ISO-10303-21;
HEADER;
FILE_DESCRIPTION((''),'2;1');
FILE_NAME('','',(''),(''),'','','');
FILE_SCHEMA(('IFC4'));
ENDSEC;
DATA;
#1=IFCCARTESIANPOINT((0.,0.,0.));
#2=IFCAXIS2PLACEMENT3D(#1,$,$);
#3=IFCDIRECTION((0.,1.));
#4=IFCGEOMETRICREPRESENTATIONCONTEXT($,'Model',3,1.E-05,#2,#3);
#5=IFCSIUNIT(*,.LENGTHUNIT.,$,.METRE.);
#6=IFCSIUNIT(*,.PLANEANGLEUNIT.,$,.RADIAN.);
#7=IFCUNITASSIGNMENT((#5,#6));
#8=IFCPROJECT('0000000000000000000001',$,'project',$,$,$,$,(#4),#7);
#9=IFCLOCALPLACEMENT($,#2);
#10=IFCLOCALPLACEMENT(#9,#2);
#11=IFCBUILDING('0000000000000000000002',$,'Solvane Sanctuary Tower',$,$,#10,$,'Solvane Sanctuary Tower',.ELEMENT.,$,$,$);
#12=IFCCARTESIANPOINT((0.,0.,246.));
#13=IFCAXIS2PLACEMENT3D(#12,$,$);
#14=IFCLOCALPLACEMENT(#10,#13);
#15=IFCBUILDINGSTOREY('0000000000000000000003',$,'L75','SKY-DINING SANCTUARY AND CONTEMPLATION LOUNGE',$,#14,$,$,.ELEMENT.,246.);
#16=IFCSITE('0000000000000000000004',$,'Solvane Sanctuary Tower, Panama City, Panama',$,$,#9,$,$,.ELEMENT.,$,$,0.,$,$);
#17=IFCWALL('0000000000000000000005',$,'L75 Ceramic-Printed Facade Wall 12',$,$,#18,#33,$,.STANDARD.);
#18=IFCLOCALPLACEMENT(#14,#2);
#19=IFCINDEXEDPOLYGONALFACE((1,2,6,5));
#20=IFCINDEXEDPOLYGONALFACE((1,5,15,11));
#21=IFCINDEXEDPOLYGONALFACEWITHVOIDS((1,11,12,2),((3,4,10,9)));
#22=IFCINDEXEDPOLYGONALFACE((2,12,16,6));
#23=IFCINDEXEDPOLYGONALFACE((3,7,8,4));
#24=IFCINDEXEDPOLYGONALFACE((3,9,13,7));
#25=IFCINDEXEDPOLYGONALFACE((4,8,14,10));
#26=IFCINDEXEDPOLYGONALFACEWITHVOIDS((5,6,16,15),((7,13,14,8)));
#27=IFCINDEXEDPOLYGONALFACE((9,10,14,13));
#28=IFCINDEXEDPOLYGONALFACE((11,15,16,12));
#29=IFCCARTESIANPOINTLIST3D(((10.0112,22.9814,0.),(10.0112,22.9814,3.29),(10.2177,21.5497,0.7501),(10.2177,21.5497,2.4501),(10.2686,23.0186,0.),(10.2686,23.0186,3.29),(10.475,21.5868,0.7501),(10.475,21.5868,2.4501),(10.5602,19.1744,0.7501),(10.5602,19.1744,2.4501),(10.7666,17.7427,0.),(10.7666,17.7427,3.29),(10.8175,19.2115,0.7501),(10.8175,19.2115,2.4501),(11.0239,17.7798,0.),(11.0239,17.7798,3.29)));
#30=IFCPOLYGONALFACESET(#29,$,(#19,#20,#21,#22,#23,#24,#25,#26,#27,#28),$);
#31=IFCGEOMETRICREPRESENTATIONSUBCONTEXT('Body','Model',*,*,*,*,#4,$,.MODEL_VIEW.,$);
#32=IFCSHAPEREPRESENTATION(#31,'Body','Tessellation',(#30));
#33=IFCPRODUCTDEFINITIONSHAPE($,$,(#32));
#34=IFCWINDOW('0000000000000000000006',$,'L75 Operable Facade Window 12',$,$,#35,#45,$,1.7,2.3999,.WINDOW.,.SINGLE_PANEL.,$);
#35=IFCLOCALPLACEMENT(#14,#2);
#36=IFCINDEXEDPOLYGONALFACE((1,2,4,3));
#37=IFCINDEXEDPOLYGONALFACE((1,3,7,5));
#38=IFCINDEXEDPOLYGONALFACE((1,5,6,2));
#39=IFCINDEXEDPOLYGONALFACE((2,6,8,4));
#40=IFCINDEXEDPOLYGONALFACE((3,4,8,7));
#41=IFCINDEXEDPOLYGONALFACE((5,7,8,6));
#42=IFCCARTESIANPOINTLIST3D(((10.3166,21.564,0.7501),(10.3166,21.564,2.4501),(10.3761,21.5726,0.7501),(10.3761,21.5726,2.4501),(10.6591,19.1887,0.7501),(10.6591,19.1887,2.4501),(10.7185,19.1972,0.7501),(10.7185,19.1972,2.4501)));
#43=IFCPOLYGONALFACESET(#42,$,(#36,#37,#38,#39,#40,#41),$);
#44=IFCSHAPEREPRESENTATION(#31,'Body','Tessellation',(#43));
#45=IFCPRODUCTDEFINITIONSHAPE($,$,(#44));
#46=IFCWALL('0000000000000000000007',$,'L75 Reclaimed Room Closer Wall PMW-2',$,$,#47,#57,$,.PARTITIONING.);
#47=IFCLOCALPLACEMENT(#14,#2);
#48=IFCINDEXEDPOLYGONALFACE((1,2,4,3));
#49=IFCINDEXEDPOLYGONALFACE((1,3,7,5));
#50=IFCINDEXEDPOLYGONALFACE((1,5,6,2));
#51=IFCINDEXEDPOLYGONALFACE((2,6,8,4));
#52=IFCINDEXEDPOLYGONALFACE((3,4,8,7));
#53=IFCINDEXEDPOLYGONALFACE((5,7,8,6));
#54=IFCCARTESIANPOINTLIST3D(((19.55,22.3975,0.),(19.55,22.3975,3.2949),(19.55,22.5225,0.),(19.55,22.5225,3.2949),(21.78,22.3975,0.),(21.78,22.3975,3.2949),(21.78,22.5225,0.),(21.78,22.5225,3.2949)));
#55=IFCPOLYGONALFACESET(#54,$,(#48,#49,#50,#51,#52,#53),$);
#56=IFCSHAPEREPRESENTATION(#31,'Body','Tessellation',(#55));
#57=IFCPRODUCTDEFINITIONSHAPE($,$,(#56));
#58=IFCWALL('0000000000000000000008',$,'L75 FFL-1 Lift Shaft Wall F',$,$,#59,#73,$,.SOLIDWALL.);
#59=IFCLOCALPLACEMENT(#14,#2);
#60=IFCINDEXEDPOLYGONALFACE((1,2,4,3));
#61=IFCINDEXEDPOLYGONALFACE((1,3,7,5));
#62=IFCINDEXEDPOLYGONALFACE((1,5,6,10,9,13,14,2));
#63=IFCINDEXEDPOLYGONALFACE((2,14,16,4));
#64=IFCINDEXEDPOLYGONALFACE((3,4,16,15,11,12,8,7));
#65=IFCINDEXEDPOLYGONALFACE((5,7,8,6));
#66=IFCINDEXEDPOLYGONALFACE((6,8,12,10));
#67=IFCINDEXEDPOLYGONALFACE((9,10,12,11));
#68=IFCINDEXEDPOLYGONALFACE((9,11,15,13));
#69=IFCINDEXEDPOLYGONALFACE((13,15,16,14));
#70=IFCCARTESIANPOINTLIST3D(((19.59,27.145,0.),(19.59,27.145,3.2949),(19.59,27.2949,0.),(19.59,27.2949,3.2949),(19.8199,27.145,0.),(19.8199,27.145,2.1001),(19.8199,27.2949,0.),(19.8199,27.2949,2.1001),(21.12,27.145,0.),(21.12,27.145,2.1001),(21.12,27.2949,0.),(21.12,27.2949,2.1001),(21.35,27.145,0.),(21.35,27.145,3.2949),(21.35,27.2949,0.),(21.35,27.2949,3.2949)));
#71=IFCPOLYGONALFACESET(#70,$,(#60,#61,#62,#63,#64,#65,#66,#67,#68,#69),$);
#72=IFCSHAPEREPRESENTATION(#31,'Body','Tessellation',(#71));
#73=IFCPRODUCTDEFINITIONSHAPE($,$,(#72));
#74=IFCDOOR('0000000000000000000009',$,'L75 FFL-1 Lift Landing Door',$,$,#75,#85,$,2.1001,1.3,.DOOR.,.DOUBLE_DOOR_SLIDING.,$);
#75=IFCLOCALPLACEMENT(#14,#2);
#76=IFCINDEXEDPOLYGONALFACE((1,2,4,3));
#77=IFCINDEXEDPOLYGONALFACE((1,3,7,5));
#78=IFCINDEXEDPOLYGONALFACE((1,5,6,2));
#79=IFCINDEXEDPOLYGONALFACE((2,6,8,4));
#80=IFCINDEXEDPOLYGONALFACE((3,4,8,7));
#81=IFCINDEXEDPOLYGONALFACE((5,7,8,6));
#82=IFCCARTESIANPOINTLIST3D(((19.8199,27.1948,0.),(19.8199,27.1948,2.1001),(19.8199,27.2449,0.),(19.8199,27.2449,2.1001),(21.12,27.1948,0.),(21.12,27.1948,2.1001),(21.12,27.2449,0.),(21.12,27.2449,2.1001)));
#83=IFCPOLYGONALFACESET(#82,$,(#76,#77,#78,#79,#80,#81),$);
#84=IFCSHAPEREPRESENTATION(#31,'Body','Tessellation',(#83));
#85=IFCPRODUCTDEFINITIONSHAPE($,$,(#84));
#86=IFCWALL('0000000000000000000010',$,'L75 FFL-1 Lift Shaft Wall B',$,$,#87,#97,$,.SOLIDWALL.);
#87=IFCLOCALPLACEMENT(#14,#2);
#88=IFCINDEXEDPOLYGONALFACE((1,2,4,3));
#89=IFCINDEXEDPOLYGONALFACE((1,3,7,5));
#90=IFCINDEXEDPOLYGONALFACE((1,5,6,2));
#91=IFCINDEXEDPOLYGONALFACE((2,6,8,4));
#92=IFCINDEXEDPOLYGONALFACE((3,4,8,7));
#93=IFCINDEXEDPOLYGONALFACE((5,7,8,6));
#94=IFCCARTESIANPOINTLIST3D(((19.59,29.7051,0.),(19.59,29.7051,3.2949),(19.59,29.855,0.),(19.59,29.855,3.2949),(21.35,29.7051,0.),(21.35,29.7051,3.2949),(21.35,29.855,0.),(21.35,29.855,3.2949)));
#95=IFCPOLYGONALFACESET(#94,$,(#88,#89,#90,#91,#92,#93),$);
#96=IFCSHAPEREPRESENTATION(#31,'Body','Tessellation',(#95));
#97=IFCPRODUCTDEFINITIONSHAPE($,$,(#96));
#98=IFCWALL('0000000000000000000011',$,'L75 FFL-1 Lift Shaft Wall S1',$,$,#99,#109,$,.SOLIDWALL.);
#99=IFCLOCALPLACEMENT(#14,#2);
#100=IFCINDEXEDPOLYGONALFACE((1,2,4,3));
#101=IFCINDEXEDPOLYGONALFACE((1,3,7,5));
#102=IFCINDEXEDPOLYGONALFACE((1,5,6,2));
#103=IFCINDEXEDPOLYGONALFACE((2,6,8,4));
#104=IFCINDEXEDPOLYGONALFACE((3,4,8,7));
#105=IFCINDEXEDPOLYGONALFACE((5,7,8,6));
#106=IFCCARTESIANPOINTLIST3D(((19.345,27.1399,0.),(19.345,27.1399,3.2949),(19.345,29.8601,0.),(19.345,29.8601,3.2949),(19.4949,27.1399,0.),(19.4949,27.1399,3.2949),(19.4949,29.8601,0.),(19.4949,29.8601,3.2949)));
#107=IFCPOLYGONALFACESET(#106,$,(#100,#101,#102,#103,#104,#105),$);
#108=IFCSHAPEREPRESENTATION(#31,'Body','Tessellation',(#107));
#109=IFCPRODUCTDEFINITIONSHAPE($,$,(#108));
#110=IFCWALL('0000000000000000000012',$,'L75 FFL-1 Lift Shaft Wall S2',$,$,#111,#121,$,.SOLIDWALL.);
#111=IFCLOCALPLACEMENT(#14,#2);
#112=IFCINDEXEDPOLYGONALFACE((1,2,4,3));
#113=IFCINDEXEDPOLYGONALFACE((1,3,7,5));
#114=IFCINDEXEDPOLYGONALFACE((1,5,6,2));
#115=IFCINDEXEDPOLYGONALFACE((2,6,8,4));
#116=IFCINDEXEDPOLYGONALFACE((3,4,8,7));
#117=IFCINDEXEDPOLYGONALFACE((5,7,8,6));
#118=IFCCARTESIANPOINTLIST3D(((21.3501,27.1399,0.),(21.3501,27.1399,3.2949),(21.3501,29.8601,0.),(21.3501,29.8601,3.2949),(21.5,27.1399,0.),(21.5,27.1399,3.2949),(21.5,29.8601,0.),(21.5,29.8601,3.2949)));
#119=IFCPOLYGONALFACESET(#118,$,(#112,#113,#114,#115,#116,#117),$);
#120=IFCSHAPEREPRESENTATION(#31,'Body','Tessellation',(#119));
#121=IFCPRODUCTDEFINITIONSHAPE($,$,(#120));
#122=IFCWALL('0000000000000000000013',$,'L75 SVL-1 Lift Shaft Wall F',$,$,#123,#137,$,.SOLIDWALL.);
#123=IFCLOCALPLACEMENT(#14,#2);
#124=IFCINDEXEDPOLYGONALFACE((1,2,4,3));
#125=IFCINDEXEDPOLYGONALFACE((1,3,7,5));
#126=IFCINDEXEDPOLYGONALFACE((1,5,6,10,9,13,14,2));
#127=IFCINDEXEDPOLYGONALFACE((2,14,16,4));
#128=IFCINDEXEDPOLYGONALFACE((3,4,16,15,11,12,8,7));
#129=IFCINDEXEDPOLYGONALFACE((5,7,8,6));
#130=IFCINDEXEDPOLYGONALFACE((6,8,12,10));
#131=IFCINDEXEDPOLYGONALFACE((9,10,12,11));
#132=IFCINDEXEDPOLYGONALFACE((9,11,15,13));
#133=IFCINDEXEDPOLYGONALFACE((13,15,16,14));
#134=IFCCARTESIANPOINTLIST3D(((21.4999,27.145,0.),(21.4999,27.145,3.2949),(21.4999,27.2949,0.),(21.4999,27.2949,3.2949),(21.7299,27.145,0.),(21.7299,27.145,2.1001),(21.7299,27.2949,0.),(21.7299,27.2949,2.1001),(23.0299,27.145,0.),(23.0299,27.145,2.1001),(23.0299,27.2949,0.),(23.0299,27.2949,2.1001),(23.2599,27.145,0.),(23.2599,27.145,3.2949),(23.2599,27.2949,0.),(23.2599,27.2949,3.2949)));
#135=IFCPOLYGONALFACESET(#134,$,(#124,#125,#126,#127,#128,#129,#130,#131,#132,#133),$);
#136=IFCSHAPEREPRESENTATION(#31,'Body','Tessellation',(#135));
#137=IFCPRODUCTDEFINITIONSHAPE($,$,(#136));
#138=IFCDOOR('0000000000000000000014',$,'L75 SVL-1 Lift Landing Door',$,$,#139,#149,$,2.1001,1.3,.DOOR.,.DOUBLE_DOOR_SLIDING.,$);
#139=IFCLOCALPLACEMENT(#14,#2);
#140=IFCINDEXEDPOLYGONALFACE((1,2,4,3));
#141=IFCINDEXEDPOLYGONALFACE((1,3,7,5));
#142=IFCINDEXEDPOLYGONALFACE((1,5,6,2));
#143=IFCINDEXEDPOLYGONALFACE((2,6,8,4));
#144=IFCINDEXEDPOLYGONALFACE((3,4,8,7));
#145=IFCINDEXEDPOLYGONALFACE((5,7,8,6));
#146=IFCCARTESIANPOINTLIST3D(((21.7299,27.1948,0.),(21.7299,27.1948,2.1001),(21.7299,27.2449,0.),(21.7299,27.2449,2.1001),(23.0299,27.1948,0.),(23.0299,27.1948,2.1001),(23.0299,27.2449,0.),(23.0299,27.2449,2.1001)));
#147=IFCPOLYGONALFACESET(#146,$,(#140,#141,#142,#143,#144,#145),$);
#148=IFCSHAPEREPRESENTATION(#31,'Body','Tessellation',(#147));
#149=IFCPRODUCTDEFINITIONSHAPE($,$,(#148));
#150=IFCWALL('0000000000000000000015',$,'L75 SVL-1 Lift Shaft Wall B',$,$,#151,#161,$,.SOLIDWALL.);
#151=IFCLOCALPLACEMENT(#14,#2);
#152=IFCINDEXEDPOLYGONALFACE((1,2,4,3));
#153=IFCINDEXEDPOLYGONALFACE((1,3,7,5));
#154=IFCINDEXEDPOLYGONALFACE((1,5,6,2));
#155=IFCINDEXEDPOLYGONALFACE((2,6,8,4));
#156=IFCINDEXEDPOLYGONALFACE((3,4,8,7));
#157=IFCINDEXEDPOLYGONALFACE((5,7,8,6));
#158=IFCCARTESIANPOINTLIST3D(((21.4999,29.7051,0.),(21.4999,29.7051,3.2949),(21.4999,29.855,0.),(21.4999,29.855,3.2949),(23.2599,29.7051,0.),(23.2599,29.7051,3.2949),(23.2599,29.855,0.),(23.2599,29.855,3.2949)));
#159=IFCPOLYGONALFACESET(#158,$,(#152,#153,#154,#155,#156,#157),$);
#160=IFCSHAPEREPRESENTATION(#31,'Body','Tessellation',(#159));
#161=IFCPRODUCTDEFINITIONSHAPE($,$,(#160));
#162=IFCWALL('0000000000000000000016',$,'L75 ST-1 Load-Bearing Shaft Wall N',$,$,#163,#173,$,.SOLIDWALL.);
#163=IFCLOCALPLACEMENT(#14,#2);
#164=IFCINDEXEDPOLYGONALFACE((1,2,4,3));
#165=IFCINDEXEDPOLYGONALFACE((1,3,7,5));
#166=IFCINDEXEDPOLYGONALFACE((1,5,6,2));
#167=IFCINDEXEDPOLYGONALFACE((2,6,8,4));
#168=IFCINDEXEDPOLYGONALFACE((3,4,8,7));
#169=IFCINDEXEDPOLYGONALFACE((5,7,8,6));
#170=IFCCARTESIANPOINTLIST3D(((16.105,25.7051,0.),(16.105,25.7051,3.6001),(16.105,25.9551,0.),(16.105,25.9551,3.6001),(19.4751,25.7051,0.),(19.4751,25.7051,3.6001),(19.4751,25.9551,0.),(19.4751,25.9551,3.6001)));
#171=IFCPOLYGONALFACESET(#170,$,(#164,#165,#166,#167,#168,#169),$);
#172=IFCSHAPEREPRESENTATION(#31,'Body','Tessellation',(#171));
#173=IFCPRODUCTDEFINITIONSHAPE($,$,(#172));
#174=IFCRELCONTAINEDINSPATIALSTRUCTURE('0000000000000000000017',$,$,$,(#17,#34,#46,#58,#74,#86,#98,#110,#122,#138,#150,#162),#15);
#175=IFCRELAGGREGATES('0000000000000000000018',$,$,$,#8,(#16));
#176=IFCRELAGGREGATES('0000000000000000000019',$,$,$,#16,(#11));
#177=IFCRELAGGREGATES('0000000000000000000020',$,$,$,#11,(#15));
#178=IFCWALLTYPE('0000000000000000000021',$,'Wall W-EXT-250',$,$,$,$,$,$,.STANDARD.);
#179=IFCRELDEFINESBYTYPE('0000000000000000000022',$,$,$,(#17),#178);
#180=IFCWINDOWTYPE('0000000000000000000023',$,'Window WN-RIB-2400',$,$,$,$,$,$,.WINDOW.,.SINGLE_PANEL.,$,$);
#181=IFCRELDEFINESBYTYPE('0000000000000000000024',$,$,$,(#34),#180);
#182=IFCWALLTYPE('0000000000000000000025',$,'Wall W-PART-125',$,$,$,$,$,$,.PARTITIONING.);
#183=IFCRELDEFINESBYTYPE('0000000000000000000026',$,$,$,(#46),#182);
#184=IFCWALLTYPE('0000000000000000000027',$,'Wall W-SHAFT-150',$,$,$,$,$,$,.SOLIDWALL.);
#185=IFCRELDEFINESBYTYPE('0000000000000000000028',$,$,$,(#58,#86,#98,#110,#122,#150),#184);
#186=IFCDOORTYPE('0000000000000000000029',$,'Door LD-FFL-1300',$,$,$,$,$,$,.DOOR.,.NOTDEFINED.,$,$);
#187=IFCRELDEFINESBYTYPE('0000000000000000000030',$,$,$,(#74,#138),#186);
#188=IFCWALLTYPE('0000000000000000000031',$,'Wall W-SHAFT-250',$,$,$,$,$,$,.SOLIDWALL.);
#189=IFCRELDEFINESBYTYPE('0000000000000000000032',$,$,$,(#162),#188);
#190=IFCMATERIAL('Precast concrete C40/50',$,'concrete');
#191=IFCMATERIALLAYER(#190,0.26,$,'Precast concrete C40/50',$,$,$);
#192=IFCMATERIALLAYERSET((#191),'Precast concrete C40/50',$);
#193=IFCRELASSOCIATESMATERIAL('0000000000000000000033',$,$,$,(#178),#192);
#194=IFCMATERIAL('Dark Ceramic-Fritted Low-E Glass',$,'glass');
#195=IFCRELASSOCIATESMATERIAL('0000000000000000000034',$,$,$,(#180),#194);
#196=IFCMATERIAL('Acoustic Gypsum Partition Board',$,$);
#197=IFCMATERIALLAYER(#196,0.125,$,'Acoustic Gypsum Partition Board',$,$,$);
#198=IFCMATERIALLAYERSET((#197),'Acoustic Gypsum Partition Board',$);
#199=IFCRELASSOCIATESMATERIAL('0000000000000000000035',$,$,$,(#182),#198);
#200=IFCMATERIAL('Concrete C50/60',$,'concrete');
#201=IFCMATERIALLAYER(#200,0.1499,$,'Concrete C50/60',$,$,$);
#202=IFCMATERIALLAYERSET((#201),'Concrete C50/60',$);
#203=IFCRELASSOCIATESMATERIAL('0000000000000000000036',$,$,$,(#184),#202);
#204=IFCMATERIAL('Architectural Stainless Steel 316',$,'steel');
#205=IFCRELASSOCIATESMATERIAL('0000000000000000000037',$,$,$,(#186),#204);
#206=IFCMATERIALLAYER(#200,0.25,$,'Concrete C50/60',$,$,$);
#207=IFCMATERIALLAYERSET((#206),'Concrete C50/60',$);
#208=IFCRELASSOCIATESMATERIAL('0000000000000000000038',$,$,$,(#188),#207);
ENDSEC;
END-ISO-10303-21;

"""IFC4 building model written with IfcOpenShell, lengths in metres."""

from ifc_helpers import new_model, si_unit, direction, frame, frame_2d, origin, place, context, subcontext, project, spatial, rectangle, extrude, material, layer, layer_set, type_object, element, fill, save


model = new_model("IFC4")

# Units and contexts
model_context = context("Model", 3, precision=1e-05, world=origin(), true_north=direction((0.0, 1.0)))
body_context = subcontext(model_context, "Body", "Model", "MODEL_VIEW")
ifc_project = project(units=[si_unit("LENGTHUNIT", "METRE"), si_unit("PLANEANGLEUNIT", "RADIAN")], contexts=[model_context])

# Site, building, storey
site_placement = place(None, origin())
site = spatial("IfcSite", under=ifc_project, at=site_placement, Name="Solvane Sanctuary Tower, Panama City, Panama", CompositionType="ELEMENT", RefElevation=0.0)
building_placement = place(site_placement, origin())
building = spatial("IfcBuilding", under=site, at=building_placement, Name="Solvane Sanctuary Tower", LongName="Solvane Sanctuary Tower", CompositionType="ELEMENT")
storey_placement = place(building_placement, frame((0.0, 0.0, 246.0)))
storey = spatial("IfcBuildingStorey", under=building, at=storey_placement, Name="L75", Description="SKY-DINING SANCTUARY AND CONTEMPLATION LOUNGE", CompositionType="ELEMENT", Elevation=246.0)

# Shared definitions
ifc_material_1 = material(Name="Concrete C50/60", Category="concrete")
ifc_material_2 = material(Name="Acoustic Gypsum Partition Board")

# Wall, opening, window
ifc_material_3 = material(Name="Precast concrete C40/50", Category="concrete")
ifc_layer_1 = layer(ifc_material_3, 0.26, Name="Precast concrete C40/50")
ifc_layer_set_1 = layer_set([ifc_layer_1], Name="Precast concrete C40/50")
wall_type_1 = type_object("IfcWallType", Name="Wall W-EXT-250", PredefinedType="STANDARD", material=ifc_layer_set_1)
ifc_material_4 = material(Name="Dark Ceramic-Fritted Low-E Glass", Category="glass")
wall_1_placement = place(storey_placement, frame((10.1399, 23.0, 0.0), z_axis=(0.0, 0.0, 1.0), x_axis=(0.142713, -0.989764, 0.0)))
wall_1 = element("IfcWall", 1, at=wall_1_placement, inside=storey, type_object=wall_type_1, Name="L75 Ceramic-Printed Facade Wall 12", PredefinedType="STANDARD", context=body_context, shape_type="SweptSolid", body=[
    extrude(rectangle(XDim=5.293, YDim=0.26, at=frame_2d((2.6465, 0.0))), origin(), (0.0, 0.0, 1.0), 3.29),
])
opening_1_placement = place(wall_1_placement, frame((1.4465, 0.0, 0.75)))
opening_1 = element("IfcOpeningElement", 2, at=opening_1_placement, cuts=wall_1, PredefinedType="OPENING", context=body_context, shape_type="SweptSolid", body=[
    extrude(rectangle(XDim=2.3999, YDim=1.7, at=frame_2d((1.2, 0.8501))), frame((0.0, 0.1399, 0.0), z_axis=(0.0, -1.0, 0.0), x_axis=(1.0, 0.0, 0.0)), (0.0, 0.0, 1.0), 0.28),
])
window_type_1 = type_object("IfcWindowType", Name="Window WN-RIB-2400", PartitioningType="SINGLE_PANEL", PredefinedType="WINDOW", material=ifc_material_4)
window_1_placement = place(opening_1_placement, origin())
window_1 = element("IfcWindow", 3, at=window_1_placement, inside=storey, type_object=window_type_1, Name="L75 Operable Facade Window 12", OverallHeight=1.7, OverallWidth=2.3999, PartitioningType="SINGLE_PANEL", PredefinedType="WINDOW", context=body_context, shape_type="SweptSolid", body=[
    extrude(rectangle(XDim=2.3999, YDim=1.7, at=frame_2d((1.2, 0.8501))), frame((0.0, 0.03, 0.0), z_axis=(0.0, -1.0, 0.0), x_axis=(1.0, 0.0, 0.0)), (0.0, 0.0, 1.0), 0.0601),
])
fill(opening_1, window_1)

# Wall
ifc_layer_2 = layer(ifc_material_2, 0.125, Name="Acoustic Gypsum Partition Board")
ifc_layer_set_2 = layer_set([ifc_layer_2], Name="Acoustic Gypsum Partition Board")
wall_type_2 = type_object("IfcWallType", Name="Wall W-PART-125", PredefinedType="PARTITIONING", material=ifc_layer_set_2)
wall_2_placement = place(storey_placement, frame((19.55, 22.46, 0.0), z_axis=(0.0, 0.0, 1.0), x_axis=(1.0, 0.0, 0.0)))
element("IfcWall", 4, at=wall_2_placement, inside=storey, type_object=wall_type_2, Name="L75 Reclaimed Room Closer Wall PMW-2", PredefinedType="PARTITIONING", context=body_context, shape_type="SweptSolid", body=[
    extrude(rectangle(XDim=2.23, YDim=0.125, at=frame_2d((1.115, 0.0))), origin(), (0.0, 0.0, 1.0), 3.2949),
])

# Wall, opening, door
ifc_layer_3 = layer(ifc_material_1, 0.1499, Name="Concrete C50/60")
ifc_layer_set_3 = layer_set([ifc_layer_3], Name="Concrete C50/60")
wall_type_3 = type_object("IfcWallType", Name="Wall W-SHAFT-150", PredefinedType="SOLIDWALL", material=ifc_layer_set_3)
wall_3_placement = place(storey_placement, frame((19.5901, 27.22, 0.0), z_axis=(0.0, 0.0, 1.0), x_axis=(1.0, 0.0, 0.0)))
wall_3 = element("IfcWall", 5, at=wall_3_placement, inside=storey, type_object=wall_type_3, Name="L75 FFL-1 Lift Shaft Wall F", PredefinedType="SOLIDWALL", context=body_context, shape_type="SweptSolid", body=[
    extrude(rectangle(XDim=1.76, YDim=0.1499, at=frame_2d((0.8799, 0.0))), origin(), (0.0, 0.0, 1.0), 3.2949),
])
opening_2_placement = place(wall_3_placement, frame((0.23, 0.0, 0.0)))
opening_2 = element("IfcOpeningElement", 6, at=opening_2_placement, cuts=wall_3, PredefinedType="OPENING", context=body_context, shape_type="SweptSolid", body=[
    extrude(rectangle(XDim=1.3, YDim=2.1001, at=frame_2d((0.6499, 1.05))), frame((0.0, 0.085, 0.0), z_axis=(0.0, -1.0, 0.0), x_axis=(1.0, 0.0, 0.0)), (0.0, 0.0, 1.0), 0.1699),
])
ifc_material_5 = material(Name="Architectural Stainless Steel 316", Category="steel")
door_type_1 = type_object("IfcDoorType", Name="Door LD-FFL-1300", OperationType="NOTDEFINED", PredefinedType="DOOR", material=ifc_material_5)
door_1_placement = place(opening_2_placement, origin())
door_1 = element("IfcDoor", 7, at=door_1_placement, inside=storey, type_object=door_type_1, Name="L75 FFL-1 Lift Landing Door", OperationType="DOUBLE_DOOR_SLIDING", OverallHeight=2.1001, OverallWidth=1.3, PredefinedType="DOOR", context=body_context, shape_type="SweptSolid", body=[
    extrude(rectangle(XDim=1.3, YDim=2.1001, at=frame_2d((0.6499, 1.05))), frame((0.0, 0.0249, 0.0), z_axis=(0.0, -1.0, 0.0), x_axis=(1.0, 0.0, 0.0)), (0.0, 0.0, 1.0), 0.05),
])
fill(opening_2, door_1)

# Walls
wall_4_placement = place(storey_placement, frame((19.5901, 29.78, 0.0), z_axis=(0.0, 0.0, 1.0), x_axis=(1.0, 0.0, 0.0)))
element("IfcWall", 8, at=wall_4_placement, inside=storey, type_object=wall_type_3, Name="L75 FFL-1 Lift Shaft Wall B", PredefinedType="SOLIDWALL", context=body_context, shape_type="SweptSolid", body=[
    extrude(rectangle(XDim=1.76, YDim=0.1499, at=frame_2d((0.8799, 0.0))), origin(), (0.0, 0.0, 1.0), 3.2949),
])
for number, where, z_axis, x_axis, name in (
    (9, (19.4199, 27.1399, 0.0), (0.0, 0.0, 1.0), (0.0, 1.0, 0.0), "L75 FFL-1 Lift Shaft Wall S1"),
    (10, (21.425, 27.1399, 0.0), (0.0, 0.0, 1.0), (0.0, 1.0, 0.0), "L75 FFL-1 Lift Shaft Wall S2"),
):
    element("IfcWall", number, at=place(storey_placement, frame(where, z_axis=z_axis, x_axis=x_axis)), inside=storey, type_object=wall_type_3, Name=name, PredefinedType="SOLIDWALL", context=body_context, shape_type="SweptSolid", body=[
        extrude(rectangle(XDim=2.7202, YDim=0.1499, at=frame_2d((1.3601, 0.0))), origin(), (0.0, 0.0, 1.0), 3.2949),
    ])

# Wall, opening, door
wall_5_placement = place(storey_placement, frame((21.5, 27.22, 0.0), z_axis=(0.0, 0.0, 1.0), x_axis=(1.0, 0.0, 0.0)))
wall_5 = element("IfcWall", 11, at=wall_5_placement, inside=storey, type_object=wall_type_3, Name="L75 SVL-1 Lift Shaft Wall F", PredefinedType="SOLIDWALL", context=body_context, shape_type="SweptSolid", body=[
    extrude(rectangle(XDim=1.76, YDim=0.1499, at=frame_2d((0.8799, 0.0))), origin(), (0.0, 0.0, 1.0), 3.2949),
])
opening_3_placement = place(wall_5_placement, frame((0.23, 0.0, 0.0)))
opening_3 = element("IfcOpeningElement", 12, at=opening_3_placement, cuts=wall_5, PredefinedType="OPENING", context=body_context, shape_type="SweptSolid", body=[
    extrude(rectangle(XDim=1.3, YDim=2.1001, at=frame_2d((0.6499, 1.05))), frame((0.0, 0.085, 0.0), z_axis=(0.0, -1.0, 0.0), x_axis=(1.0, 0.0, 0.0)), (0.0, 0.0, 1.0), 0.1699),
])
door_2_placement = place(opening_3_placement, origin())
door_2 = element("IfcDoor", 13, at=door_2_placement, inside=storey, type_object=door_type_1, Name="L75 SVL-1 Lift Landing Door", OperationType="DOUBLE_DOOR_SLIDING", OverallHeight=2.1001, OverallWidth=1.3, PredefinedType="DOOR", context=body_context, shape_type="SweptSolid", body=[
    extrude(rectangle(XDim=1.3, YDim=2.1001, at=frame_2d((0.6499, 1.05))), frame((0.0, 0.0249, 0.0), z_axis=(0.0, -1.0, 0.0), x_axis=(1.0, 0.0, 0.0)), (0.0, 0.0, 1.0), 0.05),
])
fill(opening_3, door_2)

# Walls
wall_6_placement = place(storey_placement, frame((21.5, 29.78, 0.0), z_axis=(0.0, 0.0, 1.0), x_axis=(1.0, 0.0, 0.0)))
element("IfcWall", 14, at=wall_6_placement, inside=storey, type_object=wall_type_3, Name="L75 SVL-1 Lift Shaft Wall B", PredefinedType="SOLIDWALL", context=body_context, shape_type="SweptSolid", body=[
    extrude(rectangle(XDim=1.76, YDim=0.1499, at=frame_2d((0.8799, 0.0))), origin(), (0.0, 0.0, 1.0), 3.2949),
])
ifc_layer_4 = layer(ifc_material_1, 0.25, Name="Concrete C50/60")
ifc_layer_set_4 = layer_set([ifc_layer_4], Name="Concrete C50/60")
wall_type_4 = type_object("IfcWallType", Name="Wall W-SHAFT-250", PredefinedType="SOLIDWALL", material=ifc_layer_set_4)
wall_7_placement = place(storey_placement, frame((16.105, 25.8301, 0.0), z_axis=(0.0, 0.0, 1.0), x_axis=(1.0, 0.0, 0.0)))
element("IfcWall", 15, at=wall_7_placement, inside=storey, type_object=wall_type_4, Name="L75 ST-1 Load-Bearing Shaft Wall N", PredefinedType="SOLIDWALL", context=body_context, shape_type="SweptSolid", body=[
    extrude(rectangle(XDim=3.3701, YDim=0.25, at=frame_2d((1.6851, 0.0))), origin(), (0.0, 0.0, 1.0), 3.6001),
])

save(model, "model.ifc")
